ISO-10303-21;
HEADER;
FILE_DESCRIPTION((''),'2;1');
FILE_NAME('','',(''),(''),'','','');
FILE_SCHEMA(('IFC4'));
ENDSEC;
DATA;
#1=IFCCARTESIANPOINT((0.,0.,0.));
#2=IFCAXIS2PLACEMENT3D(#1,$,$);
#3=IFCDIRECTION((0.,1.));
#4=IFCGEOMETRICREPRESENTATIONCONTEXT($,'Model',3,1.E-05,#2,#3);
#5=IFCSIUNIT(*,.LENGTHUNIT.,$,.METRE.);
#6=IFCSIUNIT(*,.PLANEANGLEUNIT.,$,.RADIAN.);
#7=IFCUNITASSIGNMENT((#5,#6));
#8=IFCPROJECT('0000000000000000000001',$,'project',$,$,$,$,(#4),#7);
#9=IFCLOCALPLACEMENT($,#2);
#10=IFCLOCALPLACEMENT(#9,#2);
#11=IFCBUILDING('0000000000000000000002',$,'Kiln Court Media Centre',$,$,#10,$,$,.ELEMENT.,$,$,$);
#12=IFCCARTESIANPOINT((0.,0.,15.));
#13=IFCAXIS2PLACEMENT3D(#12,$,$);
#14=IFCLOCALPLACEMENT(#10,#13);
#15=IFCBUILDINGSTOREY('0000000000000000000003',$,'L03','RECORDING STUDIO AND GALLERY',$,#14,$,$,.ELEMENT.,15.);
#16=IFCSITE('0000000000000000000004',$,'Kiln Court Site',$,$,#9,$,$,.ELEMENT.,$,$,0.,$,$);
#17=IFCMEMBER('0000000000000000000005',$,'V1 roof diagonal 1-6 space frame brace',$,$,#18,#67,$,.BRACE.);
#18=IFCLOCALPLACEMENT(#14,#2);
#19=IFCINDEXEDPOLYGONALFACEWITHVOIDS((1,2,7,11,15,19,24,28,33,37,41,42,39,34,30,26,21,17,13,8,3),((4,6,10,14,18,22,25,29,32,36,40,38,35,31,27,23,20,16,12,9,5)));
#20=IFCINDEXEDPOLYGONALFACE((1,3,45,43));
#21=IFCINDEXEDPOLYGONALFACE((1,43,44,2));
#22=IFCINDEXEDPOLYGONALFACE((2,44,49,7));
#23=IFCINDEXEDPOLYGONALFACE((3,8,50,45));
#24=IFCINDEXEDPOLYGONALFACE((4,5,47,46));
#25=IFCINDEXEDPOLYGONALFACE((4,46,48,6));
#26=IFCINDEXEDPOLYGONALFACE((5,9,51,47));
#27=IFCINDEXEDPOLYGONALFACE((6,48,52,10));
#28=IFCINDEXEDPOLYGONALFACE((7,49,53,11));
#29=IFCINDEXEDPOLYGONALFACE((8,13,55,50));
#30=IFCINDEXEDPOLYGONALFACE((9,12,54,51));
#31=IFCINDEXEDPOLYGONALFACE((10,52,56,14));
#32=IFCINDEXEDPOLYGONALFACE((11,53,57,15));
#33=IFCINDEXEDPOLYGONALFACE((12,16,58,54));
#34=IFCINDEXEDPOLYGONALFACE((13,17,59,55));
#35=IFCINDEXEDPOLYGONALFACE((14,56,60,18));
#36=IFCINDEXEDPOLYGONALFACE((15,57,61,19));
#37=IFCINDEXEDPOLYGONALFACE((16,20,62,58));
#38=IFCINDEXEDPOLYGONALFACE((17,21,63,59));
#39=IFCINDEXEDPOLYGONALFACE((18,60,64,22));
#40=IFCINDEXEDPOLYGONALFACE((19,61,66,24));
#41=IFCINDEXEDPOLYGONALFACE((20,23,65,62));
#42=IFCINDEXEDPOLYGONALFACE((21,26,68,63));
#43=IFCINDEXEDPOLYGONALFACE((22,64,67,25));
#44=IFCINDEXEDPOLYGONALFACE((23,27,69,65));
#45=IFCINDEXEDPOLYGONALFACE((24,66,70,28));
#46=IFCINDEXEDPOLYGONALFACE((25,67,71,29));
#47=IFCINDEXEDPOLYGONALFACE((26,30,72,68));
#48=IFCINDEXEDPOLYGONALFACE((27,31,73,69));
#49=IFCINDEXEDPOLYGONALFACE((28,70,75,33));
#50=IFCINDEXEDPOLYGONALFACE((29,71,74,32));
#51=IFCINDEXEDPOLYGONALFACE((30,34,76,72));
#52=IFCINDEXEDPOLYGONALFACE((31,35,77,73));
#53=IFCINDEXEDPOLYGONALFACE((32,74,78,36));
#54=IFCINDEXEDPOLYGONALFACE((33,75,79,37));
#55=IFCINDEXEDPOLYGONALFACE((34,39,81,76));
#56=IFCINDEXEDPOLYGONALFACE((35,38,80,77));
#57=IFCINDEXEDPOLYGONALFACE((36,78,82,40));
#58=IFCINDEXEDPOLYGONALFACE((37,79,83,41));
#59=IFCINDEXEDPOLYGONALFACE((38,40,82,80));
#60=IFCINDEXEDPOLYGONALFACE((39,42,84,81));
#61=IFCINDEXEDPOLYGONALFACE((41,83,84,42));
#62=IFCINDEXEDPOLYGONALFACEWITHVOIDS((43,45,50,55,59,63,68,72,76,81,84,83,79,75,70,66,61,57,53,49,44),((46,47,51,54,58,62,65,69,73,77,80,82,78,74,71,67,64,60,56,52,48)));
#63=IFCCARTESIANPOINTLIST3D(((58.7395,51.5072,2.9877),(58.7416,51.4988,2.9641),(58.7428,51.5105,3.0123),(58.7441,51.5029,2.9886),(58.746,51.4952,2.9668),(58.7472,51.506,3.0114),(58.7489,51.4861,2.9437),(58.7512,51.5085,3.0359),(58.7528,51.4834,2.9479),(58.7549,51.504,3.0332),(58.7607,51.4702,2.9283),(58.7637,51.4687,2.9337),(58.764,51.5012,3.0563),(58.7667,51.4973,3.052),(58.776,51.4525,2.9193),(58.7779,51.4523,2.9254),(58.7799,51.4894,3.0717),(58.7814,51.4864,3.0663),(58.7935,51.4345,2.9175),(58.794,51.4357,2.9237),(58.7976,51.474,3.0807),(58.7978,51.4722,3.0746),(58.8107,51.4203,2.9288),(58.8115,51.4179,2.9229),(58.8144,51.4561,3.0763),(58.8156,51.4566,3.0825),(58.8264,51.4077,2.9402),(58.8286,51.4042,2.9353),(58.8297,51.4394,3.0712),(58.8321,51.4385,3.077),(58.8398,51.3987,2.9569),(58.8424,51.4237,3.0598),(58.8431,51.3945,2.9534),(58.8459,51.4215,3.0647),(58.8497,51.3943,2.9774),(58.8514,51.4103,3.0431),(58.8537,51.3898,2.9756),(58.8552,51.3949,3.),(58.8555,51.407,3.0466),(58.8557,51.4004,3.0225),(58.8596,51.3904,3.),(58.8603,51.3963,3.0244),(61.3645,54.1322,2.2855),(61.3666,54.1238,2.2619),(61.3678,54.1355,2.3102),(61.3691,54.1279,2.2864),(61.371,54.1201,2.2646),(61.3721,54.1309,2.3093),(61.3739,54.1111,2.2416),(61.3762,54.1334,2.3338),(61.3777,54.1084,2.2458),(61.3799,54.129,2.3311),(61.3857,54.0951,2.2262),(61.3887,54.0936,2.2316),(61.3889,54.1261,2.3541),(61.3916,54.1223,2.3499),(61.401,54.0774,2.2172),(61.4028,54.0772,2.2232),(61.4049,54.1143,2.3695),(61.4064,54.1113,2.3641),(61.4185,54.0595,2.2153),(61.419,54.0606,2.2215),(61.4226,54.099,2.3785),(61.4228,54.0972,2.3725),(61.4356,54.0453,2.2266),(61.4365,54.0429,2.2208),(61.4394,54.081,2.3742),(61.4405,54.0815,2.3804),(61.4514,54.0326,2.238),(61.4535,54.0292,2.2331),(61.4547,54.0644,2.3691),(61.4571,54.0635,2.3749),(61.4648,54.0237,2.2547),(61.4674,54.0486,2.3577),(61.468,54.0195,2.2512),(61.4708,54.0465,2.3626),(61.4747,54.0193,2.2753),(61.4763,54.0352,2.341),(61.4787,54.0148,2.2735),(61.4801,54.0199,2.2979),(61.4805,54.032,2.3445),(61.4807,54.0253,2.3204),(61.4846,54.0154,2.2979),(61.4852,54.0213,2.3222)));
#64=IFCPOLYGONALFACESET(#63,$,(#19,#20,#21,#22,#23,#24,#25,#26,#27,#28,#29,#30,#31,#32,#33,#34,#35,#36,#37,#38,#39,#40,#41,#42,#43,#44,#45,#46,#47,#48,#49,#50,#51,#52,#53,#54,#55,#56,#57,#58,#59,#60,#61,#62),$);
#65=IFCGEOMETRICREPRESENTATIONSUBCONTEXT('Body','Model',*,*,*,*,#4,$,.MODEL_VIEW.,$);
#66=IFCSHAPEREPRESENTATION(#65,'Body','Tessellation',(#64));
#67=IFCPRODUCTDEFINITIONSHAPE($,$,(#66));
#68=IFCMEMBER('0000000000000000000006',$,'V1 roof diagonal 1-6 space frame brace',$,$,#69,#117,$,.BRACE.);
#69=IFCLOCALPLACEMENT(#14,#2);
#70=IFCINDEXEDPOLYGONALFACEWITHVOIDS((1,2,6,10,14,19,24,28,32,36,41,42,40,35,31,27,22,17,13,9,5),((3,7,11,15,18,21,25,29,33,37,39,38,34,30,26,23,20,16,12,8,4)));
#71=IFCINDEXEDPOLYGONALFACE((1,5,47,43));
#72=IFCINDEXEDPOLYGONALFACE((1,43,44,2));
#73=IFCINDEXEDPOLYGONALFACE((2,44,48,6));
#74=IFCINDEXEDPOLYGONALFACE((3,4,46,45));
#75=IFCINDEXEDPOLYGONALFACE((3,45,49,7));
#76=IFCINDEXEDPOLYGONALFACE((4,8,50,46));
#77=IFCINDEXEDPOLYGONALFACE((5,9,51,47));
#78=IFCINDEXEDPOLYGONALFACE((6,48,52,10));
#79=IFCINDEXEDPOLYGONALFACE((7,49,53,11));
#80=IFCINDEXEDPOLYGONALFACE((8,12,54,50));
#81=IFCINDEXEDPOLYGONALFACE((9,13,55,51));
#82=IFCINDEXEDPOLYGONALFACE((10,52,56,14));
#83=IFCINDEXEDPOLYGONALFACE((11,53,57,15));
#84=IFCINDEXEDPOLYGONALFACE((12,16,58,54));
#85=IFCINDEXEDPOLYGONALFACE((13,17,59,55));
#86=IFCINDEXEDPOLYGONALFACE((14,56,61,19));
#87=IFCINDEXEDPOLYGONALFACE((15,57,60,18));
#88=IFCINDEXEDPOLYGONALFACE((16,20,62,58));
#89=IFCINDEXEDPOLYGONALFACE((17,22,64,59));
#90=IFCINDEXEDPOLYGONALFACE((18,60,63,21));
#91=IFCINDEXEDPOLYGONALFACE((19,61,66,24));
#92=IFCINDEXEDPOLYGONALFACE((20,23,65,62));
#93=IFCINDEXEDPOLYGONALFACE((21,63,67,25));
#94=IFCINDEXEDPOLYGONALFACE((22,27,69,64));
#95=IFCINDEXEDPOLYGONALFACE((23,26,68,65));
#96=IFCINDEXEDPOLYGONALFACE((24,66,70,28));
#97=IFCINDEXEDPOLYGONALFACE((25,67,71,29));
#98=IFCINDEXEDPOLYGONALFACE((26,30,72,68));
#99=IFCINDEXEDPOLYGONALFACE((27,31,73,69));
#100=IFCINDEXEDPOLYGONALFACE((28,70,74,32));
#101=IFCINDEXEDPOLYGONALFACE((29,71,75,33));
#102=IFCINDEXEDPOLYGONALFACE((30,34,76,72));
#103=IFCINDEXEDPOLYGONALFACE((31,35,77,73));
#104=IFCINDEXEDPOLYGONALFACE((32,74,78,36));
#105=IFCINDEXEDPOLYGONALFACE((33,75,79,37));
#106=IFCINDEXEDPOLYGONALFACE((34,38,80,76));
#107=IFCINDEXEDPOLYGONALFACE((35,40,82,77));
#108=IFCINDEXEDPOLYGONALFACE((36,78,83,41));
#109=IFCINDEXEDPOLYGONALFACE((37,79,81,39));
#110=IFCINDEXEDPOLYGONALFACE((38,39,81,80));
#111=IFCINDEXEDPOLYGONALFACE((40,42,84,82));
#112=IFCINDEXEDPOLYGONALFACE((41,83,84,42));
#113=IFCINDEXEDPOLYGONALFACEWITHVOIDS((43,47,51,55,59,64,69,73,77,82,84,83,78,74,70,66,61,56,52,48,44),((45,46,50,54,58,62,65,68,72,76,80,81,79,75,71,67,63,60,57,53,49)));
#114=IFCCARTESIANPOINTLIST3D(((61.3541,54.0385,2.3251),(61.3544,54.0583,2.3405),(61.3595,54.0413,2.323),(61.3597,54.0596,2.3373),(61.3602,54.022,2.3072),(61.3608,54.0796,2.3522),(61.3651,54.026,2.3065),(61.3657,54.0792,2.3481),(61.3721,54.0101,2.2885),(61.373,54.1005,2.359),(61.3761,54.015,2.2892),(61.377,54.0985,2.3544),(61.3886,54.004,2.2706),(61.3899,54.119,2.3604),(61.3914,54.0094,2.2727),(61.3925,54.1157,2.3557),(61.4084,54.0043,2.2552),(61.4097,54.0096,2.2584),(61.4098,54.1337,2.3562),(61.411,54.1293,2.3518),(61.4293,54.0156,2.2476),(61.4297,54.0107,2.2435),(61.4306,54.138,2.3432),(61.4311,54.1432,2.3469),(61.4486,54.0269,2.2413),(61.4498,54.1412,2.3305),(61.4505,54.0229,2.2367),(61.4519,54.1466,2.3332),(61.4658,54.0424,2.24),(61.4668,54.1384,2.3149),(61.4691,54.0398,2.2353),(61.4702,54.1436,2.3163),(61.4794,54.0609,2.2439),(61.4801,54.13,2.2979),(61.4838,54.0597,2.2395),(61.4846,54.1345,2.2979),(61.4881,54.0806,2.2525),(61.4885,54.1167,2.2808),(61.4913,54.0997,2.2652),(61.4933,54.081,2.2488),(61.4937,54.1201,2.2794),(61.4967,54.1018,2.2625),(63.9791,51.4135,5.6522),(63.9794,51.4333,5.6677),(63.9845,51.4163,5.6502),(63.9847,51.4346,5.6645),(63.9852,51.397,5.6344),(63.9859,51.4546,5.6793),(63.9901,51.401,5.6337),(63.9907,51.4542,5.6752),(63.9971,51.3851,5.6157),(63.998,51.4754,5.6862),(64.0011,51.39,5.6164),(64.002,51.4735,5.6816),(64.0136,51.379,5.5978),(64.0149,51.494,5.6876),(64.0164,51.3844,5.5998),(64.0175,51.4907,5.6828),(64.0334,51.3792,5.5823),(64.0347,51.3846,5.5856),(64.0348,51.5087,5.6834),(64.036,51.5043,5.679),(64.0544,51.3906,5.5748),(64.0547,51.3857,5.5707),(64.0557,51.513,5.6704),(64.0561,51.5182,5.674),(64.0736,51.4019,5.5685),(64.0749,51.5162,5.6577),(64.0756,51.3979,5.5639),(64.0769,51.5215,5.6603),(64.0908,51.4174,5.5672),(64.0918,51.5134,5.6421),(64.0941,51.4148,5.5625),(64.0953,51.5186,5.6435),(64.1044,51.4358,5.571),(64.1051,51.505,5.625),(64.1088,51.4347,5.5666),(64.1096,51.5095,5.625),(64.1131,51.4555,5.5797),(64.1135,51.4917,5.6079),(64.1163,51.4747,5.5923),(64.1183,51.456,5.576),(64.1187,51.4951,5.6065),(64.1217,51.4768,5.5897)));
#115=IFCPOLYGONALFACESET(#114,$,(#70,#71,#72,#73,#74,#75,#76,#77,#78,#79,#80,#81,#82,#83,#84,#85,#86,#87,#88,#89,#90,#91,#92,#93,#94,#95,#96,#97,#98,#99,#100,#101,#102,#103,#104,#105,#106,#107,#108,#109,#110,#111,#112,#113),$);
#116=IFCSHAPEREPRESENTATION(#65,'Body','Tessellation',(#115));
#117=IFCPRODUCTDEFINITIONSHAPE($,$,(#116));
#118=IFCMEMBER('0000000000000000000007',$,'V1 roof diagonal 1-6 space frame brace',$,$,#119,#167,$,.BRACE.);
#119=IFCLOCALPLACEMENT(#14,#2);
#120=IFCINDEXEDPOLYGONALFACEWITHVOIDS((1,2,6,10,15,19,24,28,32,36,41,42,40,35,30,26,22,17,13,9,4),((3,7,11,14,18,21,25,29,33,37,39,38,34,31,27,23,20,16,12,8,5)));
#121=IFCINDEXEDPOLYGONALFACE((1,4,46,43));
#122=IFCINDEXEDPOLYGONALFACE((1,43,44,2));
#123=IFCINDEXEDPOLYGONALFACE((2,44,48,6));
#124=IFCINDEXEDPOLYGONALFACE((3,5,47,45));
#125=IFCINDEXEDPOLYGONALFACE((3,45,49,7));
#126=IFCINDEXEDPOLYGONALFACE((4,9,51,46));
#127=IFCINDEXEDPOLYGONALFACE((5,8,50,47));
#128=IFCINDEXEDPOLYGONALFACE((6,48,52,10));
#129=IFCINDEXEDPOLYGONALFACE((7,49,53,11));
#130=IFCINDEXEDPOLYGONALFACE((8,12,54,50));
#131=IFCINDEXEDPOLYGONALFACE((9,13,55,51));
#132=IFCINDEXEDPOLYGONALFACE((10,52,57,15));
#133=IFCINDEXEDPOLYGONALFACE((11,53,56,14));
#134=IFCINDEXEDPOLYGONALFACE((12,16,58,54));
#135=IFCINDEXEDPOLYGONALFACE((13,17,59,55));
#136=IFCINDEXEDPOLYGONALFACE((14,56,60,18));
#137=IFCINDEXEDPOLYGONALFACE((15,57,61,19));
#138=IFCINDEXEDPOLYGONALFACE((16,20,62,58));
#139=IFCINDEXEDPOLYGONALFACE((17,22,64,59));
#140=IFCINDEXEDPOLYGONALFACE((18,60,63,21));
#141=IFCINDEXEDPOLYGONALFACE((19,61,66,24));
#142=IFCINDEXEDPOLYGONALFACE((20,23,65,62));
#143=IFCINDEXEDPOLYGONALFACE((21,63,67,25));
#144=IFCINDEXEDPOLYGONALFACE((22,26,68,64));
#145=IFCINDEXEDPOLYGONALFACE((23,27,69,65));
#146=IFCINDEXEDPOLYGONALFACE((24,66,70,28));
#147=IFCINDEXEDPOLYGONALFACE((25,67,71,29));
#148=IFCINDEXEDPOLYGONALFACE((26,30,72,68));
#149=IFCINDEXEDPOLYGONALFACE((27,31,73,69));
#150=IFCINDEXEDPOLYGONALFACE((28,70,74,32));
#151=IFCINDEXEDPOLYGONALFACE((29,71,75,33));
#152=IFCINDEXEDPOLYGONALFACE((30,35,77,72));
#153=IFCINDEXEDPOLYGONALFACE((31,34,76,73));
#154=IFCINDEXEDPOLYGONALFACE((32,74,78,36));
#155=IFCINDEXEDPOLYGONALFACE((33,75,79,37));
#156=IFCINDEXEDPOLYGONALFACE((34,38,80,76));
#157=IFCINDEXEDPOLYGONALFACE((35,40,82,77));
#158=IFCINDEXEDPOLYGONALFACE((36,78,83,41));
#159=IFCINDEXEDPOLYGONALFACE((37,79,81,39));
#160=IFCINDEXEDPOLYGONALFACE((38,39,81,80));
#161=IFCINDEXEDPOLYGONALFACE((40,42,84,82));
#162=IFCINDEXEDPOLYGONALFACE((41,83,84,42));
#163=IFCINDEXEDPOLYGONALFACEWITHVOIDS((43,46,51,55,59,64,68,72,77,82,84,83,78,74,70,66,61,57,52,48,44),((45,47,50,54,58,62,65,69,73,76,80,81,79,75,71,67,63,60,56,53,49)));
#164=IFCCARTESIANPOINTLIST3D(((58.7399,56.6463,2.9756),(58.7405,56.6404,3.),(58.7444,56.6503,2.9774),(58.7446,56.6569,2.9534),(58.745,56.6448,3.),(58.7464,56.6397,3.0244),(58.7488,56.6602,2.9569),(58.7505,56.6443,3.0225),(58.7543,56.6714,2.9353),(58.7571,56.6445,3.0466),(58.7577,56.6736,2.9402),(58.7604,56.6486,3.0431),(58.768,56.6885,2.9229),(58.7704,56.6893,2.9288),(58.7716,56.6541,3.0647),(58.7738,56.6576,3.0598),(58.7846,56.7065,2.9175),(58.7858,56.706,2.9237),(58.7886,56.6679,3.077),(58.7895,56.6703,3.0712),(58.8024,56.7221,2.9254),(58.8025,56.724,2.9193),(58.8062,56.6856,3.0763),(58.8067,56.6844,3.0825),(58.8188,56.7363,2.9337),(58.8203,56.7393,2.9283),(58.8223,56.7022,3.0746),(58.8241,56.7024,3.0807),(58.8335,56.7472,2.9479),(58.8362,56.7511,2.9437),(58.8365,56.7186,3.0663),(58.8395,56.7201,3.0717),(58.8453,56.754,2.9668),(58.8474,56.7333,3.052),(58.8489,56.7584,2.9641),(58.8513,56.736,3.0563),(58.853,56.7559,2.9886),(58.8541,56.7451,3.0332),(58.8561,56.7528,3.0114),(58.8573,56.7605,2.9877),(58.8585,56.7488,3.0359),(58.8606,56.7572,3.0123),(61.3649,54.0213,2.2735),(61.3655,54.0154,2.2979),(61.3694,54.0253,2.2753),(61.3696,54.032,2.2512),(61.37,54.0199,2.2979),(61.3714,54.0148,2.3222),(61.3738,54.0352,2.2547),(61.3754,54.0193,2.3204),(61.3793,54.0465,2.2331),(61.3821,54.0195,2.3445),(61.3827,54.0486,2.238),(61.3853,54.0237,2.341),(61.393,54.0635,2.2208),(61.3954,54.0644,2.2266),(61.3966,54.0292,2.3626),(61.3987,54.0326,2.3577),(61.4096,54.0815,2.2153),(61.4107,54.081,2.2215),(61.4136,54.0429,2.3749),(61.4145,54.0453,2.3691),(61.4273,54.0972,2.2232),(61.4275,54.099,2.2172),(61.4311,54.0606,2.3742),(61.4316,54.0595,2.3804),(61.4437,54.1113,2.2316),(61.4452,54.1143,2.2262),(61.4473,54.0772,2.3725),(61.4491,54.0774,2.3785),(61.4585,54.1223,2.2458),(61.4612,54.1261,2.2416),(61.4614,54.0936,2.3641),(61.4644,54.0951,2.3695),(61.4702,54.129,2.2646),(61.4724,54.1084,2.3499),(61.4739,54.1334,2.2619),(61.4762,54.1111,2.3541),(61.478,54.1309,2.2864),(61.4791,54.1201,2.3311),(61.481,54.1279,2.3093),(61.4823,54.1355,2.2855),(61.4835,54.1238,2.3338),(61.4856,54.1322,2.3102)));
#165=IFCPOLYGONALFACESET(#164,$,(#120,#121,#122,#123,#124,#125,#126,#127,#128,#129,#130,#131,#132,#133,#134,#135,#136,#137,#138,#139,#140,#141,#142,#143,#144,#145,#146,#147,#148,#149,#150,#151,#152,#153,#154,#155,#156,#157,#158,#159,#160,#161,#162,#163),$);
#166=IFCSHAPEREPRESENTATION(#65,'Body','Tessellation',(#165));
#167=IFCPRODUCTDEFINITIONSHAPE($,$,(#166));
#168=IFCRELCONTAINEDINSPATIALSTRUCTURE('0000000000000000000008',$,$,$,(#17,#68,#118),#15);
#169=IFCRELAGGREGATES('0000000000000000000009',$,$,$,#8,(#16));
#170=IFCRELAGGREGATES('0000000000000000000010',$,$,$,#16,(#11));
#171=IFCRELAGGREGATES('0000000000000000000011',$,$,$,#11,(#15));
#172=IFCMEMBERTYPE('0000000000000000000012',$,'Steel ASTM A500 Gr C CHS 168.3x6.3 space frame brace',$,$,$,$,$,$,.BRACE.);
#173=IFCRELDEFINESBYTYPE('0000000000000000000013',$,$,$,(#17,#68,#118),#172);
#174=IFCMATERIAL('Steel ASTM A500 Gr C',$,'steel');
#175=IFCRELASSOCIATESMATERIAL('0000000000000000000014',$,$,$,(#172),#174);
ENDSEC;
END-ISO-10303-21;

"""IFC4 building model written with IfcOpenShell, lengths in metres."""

from ifc_helpers import new_model, si_unit, direction, frame, origin, origin_2d, place, context, subcontext, project, spatial, hollow_circle, extrude, material, material_profile, profile_set, type_object, element, save


model = new_model("IFC4")

# Units and contexts
model_context = context("Model", 3, precision=1e-05, world=origin(), true_north=direction((0.0, 1.0)))
body_context = subcontext(model_context, "Body", "Model", "MODEL_VIEW")
ifc_project = project(units=[si_unit("LENGTHUNIT", "METRE"), si_unit("PLANEANGLEUNIT", "RADIAN")], contexts=[model_context])

# Site, building, storey
site_placement = place(None, origin())
site = spatial("IfcSite", under=ifc_project, at=site_placement, Name="Kiln Court Site", CompositionType="ELEMENT", RefElevation=0.0)
building_placement = place(site_placement, origin())
building = spatial("IfcBuilding", under=site, at=building_placement, Name="Kiln Court Media Centre", CompositionType="ELEMENT")
storey_placement = place(building_placement, frame((0.0, 0.0, 15.0)))
storey = spatial("IfcBuildingStorey", under=building, at=storey_placement, Name="L03", Description="RECORDING STUDIO AND GALLERY", CompositionType="ELEMENT", Elevation=15.0)

# Members
ifc_material_1 = material(Name="Steel ASTM A500 Gr C", Category="steel")
ifc_material_profile_1 = material_profile(ifc_material_1, hollow_circle(Radius=0.0842, WallThickness=0.0063, at=origin_2d()), Name="CHS 168.3x6.3")
ifc_profile_set_1 = profile_set([ifc_material_profile_1], Name="Steel ASTM A500 Gr C")
member_type_1 = type_object("IfcMemberType", Name="Steel ASTM A500 Gr C CHS 168.3x6.3 space frame brace", PredefinedType="BRACE", material=ifc_profile_set_1)
member_1_placement = place(storey_placement, frame((61.425, 54.075, 2.2979), z_axis=(-0.694788, -0.694788, 0.185846), x_axis=(0.707107, -0.707107, 0.0)))
element("IfcMember", 1, at=member_1_placement, inside=storey, type_object=member_type_1, Name="V1 roof diagonal 1-6 space frame brace", PredefinedType="BRACE", context=body_context, shape_type="SweptSolid", body=[
    extrude(hollow_circle(Radius=0.0842, WallThickness=0.0063, at=origin_2d()), origin(), (0.0, 0.0, 1.0), 3.7781),
])
member_2_placement = place(storey_placement, frame((61.425, 54.075, 2.2979), z_axis=(0.52657, -0.52657, 0.667419), x_axis=(0.707107, 0.707107, 0.0)))
element("IfcMember", 2, at=member_2_placement, inside=storey, type_object=member_type_1, Name="V1 roof diagonal 1-6 space frame brace", PredefinedType="BRACE", context=body_context, shape_type="SweptSolid", body=[
    extrude(hollow_circle(Radius=0.0842, WallThickness=0.0063, at=origin_2d()), origin(), (0.0, 0.0, 1.0), 4.9851),
])
member_3_placement = place(storey_placement, frame((61.425, 54.075, 2.2979), z_axis=(-0.694788, 0.694788, 0.185846), x_axis=(-0.707107, -0.707107, 0.0)))
element("IfcMember", 3, at=member_3_placement, inside=storey, type_object=member_type_1, Name="V1 roof diagonal 1-6 space frame brace", PredefinedType="BRACE", context=body_context, shape_type="SweptSolid", body=[
    extrude(hollow_circle(Radius=0.0842, WallThickness=0.0063, at=origin_2d()), origin(), (0.0, 0.0, 1.0), 3.7781),
])

save(model, "model.ifc")
